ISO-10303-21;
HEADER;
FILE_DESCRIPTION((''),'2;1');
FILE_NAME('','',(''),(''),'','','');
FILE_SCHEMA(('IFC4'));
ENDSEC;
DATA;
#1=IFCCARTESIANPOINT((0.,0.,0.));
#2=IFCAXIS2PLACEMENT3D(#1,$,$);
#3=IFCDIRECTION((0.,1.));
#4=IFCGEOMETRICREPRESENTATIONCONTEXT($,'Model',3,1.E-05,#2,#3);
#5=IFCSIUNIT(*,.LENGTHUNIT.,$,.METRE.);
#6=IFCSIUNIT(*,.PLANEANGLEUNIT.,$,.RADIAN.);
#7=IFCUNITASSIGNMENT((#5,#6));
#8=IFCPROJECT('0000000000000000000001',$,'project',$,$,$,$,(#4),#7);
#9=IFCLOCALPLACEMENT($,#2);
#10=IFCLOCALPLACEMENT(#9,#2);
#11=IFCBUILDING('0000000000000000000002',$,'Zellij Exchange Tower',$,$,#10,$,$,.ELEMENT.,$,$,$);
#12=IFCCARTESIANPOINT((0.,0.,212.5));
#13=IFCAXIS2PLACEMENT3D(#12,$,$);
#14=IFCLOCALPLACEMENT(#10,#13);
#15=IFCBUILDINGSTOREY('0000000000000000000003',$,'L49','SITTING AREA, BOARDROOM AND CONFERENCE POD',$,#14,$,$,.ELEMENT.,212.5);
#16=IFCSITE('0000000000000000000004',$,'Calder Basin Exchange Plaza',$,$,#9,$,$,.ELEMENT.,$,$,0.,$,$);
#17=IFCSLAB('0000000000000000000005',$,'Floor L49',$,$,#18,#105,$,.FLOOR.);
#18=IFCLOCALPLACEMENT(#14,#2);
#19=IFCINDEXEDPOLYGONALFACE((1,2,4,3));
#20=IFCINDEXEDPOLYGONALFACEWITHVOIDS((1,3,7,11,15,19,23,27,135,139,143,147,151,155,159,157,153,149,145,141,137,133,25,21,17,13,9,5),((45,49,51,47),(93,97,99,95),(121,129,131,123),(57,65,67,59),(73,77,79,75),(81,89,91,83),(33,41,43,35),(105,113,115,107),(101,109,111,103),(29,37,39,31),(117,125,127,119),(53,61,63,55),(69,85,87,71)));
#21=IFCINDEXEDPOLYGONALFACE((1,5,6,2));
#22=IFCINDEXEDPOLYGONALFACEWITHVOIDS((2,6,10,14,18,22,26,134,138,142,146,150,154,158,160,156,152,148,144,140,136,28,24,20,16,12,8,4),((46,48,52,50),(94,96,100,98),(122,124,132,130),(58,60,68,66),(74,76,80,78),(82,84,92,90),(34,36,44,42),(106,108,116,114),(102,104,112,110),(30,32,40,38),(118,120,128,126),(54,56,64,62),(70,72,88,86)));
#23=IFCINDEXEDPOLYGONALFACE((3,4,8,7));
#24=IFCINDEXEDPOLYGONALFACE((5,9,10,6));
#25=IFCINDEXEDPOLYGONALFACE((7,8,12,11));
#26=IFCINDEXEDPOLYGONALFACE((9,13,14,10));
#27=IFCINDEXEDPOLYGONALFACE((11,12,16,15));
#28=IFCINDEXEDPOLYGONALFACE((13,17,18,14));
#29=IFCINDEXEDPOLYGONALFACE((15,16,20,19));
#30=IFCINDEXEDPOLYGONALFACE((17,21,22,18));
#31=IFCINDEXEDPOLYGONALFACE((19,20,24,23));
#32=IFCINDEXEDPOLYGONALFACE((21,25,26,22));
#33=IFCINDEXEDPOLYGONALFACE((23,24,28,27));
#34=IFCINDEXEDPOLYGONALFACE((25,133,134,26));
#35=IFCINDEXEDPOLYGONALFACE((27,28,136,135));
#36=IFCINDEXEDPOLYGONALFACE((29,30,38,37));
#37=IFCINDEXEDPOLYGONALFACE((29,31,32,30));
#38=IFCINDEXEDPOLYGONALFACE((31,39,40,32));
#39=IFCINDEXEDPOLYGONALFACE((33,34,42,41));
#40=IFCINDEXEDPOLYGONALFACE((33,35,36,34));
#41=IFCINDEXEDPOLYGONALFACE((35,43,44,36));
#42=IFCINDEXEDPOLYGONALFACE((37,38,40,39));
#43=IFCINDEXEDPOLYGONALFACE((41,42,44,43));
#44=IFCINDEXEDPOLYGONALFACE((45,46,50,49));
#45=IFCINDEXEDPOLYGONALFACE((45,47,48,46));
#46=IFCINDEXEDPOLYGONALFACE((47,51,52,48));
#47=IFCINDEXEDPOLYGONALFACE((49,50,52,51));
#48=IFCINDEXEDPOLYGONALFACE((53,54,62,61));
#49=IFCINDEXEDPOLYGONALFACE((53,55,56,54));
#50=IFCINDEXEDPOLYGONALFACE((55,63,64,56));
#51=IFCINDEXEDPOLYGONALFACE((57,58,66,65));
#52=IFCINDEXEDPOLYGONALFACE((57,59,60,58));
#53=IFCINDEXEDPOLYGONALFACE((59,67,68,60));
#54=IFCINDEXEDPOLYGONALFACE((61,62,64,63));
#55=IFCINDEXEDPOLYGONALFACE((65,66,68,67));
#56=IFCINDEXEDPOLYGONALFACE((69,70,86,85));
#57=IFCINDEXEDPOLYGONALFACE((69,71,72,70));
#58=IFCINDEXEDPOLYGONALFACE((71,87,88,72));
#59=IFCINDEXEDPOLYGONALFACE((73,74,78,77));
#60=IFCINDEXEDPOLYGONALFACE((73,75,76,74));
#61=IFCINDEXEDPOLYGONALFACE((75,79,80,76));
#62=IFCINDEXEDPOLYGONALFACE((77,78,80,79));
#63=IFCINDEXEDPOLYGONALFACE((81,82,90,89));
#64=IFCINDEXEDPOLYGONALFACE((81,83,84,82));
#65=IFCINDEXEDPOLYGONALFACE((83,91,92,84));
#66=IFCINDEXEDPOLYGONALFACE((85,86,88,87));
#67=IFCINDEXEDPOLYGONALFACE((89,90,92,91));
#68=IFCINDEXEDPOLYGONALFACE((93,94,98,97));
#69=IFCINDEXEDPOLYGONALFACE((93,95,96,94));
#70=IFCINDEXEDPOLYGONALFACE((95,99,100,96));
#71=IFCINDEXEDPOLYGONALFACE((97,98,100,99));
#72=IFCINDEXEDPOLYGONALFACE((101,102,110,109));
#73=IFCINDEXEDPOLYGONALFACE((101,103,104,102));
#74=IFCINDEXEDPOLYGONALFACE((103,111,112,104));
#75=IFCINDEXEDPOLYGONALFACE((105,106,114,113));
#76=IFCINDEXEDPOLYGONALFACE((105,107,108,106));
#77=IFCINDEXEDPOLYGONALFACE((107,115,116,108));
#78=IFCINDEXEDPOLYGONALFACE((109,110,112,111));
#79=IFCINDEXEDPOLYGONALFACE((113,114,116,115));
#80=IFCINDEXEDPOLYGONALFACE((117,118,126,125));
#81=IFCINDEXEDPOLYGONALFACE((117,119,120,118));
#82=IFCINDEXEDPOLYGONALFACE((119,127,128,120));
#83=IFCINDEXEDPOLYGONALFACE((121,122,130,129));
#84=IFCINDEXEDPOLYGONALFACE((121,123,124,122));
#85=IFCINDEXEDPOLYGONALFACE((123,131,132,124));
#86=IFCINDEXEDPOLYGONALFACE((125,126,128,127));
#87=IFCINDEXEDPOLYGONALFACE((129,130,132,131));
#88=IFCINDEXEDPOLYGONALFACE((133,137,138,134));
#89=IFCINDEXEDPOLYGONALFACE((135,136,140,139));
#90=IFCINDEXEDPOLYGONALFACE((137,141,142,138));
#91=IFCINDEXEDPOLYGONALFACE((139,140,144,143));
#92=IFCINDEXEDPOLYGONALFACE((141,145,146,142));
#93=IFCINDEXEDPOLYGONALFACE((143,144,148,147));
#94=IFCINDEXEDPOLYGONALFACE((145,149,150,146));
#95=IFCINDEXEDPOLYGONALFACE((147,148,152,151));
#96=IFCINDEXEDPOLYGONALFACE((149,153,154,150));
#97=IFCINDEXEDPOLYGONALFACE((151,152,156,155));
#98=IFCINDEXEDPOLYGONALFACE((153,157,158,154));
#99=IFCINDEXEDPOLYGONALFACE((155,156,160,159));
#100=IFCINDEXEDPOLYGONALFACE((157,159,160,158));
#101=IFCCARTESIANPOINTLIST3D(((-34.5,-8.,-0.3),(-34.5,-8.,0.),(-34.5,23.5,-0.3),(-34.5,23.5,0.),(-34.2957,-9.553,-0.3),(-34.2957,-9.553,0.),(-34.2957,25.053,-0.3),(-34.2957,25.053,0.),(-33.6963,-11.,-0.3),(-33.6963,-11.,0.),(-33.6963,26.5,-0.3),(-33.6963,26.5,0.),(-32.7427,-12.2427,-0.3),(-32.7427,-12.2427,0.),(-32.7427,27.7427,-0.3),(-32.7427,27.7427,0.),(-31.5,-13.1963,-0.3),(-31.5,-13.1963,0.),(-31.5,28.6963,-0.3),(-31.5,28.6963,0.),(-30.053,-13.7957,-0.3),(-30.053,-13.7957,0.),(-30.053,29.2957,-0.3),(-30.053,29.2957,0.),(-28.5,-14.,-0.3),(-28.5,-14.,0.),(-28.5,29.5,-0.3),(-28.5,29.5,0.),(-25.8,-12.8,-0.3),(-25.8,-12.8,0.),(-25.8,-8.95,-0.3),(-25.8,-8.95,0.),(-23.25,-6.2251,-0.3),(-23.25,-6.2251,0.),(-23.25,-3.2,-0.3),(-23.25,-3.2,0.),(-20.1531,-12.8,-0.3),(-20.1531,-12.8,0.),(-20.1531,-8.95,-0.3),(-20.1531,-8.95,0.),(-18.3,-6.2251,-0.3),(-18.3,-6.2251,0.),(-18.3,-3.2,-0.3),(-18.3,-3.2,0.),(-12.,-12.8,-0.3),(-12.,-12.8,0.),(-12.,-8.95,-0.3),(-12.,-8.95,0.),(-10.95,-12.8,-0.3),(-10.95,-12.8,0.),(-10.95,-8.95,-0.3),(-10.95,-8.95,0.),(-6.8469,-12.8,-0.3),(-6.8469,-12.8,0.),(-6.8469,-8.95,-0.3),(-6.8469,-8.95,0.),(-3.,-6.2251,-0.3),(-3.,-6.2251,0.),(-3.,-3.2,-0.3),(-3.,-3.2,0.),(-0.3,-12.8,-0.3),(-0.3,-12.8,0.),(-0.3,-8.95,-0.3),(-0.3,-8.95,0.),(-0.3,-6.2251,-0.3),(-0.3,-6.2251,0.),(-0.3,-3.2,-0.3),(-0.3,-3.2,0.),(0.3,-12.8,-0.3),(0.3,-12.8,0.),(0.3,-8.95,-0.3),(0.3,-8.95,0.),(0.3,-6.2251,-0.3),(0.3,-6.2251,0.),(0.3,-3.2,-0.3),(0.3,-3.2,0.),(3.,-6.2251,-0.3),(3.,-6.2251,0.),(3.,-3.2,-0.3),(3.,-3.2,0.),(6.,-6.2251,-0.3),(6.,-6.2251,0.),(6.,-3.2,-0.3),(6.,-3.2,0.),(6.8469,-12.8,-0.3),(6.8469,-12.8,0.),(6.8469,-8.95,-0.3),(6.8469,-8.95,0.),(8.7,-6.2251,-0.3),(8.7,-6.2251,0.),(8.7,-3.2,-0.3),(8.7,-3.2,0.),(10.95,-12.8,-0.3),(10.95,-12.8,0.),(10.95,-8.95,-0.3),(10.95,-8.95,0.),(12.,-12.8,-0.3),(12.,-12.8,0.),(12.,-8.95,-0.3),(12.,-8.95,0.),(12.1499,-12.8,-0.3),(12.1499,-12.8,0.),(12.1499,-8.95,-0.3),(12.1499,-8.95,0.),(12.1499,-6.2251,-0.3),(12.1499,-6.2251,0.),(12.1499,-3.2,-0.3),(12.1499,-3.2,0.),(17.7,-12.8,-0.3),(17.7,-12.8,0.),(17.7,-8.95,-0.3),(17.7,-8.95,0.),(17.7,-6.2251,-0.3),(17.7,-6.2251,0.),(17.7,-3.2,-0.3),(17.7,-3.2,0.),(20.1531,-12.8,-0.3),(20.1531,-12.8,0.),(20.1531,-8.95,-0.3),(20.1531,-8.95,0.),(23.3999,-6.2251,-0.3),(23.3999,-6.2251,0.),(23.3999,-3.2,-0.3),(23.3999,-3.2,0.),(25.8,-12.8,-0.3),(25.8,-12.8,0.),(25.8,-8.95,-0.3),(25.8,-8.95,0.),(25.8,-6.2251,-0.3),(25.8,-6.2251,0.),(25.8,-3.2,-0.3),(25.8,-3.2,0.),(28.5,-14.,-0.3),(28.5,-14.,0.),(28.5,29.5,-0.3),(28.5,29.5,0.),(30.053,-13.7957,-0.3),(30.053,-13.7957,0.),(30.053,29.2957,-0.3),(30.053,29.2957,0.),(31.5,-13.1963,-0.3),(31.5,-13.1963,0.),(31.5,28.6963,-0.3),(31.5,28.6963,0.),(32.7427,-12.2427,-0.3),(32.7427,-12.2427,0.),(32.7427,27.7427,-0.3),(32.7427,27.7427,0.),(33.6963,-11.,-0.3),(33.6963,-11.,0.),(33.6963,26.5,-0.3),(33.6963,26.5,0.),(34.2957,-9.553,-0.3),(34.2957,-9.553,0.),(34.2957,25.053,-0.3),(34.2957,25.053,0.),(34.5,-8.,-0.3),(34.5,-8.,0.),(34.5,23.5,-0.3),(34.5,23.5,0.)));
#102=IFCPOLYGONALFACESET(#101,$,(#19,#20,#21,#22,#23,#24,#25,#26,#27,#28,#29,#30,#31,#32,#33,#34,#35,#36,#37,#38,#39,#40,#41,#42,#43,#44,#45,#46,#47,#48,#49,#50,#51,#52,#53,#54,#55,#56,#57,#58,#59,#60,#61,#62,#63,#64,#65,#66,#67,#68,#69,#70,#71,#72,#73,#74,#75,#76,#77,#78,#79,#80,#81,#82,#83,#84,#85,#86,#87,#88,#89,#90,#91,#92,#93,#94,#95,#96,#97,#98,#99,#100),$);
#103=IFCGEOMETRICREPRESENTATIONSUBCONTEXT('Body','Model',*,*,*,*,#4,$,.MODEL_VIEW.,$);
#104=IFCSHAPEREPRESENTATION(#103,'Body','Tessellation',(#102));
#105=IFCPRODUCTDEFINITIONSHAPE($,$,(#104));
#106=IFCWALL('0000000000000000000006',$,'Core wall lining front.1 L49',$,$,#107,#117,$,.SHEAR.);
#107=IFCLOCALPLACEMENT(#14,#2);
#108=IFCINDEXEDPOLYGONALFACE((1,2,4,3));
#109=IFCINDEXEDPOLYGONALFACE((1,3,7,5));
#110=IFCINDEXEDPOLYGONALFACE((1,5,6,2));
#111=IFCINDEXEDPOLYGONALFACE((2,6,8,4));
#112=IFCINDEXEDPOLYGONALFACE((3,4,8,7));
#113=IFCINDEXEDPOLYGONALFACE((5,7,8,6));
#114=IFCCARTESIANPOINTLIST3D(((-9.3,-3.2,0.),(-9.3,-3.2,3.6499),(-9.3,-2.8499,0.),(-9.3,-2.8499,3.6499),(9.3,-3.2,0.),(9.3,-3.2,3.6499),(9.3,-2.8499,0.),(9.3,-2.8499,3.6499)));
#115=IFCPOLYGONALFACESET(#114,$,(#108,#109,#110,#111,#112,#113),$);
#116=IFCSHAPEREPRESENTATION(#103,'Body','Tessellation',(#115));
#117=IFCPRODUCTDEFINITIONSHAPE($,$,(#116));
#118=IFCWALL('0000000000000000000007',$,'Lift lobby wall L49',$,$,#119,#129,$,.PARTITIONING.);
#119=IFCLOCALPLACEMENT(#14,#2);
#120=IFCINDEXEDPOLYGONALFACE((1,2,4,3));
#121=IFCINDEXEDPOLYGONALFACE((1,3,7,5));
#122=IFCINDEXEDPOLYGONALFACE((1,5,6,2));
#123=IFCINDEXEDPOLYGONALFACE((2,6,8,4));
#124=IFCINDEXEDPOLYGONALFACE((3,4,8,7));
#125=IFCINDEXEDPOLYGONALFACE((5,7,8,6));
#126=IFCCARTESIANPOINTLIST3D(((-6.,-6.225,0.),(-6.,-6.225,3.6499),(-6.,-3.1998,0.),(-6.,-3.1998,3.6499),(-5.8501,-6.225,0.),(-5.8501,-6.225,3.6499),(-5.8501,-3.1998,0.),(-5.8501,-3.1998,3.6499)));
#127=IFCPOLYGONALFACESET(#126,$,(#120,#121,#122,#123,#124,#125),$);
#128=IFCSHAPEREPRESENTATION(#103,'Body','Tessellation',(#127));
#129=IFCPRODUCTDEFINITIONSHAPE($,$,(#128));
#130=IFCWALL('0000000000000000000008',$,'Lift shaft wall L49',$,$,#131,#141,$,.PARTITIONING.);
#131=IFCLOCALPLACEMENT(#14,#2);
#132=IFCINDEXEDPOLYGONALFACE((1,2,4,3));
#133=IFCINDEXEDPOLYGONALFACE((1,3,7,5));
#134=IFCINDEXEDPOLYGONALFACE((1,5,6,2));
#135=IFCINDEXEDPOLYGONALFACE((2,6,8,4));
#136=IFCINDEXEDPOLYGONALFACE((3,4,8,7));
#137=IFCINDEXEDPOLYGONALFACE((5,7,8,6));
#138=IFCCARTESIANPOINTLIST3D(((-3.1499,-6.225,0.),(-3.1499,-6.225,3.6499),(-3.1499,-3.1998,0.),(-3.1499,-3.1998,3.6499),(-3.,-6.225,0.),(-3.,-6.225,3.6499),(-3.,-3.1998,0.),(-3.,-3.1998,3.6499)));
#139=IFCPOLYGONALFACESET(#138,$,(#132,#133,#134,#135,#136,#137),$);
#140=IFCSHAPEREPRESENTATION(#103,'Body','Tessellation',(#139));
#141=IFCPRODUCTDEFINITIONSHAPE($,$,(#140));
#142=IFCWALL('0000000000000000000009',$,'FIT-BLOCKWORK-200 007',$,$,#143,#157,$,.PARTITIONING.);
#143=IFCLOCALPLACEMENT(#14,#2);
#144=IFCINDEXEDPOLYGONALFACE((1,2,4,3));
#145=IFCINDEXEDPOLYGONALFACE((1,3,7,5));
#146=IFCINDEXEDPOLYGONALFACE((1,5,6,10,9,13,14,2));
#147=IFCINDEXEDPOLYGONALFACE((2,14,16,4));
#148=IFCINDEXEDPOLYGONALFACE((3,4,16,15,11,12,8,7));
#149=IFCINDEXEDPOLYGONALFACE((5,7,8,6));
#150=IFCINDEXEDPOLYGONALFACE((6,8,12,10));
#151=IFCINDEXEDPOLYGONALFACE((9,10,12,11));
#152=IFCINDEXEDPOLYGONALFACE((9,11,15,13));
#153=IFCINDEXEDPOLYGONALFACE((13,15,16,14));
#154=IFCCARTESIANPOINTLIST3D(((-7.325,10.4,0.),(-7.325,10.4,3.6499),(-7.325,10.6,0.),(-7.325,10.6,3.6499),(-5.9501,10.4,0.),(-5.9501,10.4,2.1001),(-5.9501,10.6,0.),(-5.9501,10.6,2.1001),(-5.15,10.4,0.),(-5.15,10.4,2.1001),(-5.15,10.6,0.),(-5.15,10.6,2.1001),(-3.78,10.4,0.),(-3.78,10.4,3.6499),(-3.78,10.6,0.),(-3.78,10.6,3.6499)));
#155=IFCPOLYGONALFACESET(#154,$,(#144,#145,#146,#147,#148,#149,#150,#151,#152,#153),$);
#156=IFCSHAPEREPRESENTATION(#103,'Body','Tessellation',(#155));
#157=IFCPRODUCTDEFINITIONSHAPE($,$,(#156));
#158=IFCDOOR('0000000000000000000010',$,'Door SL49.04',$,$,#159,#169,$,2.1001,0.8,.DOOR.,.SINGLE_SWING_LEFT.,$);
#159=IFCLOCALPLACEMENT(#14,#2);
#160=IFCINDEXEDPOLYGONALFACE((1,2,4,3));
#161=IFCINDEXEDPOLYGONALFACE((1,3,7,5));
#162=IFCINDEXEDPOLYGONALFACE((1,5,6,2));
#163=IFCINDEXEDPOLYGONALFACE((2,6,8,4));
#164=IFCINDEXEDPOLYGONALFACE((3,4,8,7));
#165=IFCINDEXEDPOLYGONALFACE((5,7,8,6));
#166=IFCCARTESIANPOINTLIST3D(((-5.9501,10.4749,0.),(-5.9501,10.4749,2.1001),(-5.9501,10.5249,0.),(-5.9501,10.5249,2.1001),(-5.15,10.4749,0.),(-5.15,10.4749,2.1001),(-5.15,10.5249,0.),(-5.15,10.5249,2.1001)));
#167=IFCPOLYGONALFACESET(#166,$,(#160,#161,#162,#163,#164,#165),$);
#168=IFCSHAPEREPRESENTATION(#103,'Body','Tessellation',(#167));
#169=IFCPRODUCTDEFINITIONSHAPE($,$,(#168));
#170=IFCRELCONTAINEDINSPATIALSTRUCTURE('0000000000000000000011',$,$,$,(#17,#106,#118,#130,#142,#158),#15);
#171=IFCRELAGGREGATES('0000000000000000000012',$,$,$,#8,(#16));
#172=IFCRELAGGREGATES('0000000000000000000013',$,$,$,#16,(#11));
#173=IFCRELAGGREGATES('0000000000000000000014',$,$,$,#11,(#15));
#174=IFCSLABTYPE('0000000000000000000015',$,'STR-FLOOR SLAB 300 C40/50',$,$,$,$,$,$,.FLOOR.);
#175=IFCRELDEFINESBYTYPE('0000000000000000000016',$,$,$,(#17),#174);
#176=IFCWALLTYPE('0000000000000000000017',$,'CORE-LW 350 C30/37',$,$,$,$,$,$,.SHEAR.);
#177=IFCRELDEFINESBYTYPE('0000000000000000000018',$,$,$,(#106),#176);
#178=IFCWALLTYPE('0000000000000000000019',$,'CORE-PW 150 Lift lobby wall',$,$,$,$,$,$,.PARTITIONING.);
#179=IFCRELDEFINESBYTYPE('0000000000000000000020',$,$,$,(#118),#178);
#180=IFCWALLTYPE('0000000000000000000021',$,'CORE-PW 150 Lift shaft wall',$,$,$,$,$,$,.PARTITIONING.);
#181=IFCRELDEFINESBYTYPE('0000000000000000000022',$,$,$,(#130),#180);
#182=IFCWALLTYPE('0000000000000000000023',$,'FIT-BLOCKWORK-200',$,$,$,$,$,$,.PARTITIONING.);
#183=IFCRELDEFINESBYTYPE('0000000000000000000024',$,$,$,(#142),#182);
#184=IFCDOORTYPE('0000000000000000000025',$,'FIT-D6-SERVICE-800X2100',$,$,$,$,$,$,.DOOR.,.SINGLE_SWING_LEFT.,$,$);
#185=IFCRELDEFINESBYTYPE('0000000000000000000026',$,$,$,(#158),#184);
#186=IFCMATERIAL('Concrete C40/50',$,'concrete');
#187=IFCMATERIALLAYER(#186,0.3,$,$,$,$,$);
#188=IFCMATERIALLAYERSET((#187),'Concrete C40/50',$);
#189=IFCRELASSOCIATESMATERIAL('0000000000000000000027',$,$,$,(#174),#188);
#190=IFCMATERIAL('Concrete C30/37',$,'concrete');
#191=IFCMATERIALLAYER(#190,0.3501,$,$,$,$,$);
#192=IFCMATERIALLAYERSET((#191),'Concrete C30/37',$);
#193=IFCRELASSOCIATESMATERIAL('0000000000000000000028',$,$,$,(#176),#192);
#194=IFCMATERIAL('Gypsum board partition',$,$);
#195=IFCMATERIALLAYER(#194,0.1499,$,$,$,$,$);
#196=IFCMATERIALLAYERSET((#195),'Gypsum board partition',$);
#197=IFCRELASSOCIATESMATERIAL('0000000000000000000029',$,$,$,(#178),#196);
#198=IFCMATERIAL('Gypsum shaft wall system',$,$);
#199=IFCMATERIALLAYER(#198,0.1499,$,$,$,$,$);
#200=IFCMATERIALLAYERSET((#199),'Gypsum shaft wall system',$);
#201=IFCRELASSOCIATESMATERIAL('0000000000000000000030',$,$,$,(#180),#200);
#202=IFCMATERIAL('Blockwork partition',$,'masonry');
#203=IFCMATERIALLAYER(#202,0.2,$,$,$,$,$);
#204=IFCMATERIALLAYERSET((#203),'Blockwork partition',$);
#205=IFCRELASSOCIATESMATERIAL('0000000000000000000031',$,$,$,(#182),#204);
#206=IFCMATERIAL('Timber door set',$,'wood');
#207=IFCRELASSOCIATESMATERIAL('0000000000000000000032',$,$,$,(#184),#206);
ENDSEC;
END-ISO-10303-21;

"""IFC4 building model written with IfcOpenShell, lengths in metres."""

from ifc_helpers import new_model, si_unit, direction, frame, frame_2d, origin, place, context, subcontext, project, spatial, polyline, rectangle, outline, extrude, material, layer, layer_set, type_object, element, fill, save


model = new_model("IFC4")

# Units and contexts
model_context = context("Model", 3, precision=1e-05, world=origin(), true_north=direction((0.0, 1.0)))
body_context = subcontext(model_context, "Body", "Model", "MODEL_VIEW")
ifc_project = project(units=[si_unit("LENGTHUNIT", "METRE"), si_unit("PLANEANGLEUNIT", "RADIAN")], contexts=[model_context])

# Site, building, storey
site_placement = place(None, origin())
site = spatial("IfcSite", under=ifc_project, at=site_placement, Name="Calder Basin Exchange Plaza", CompositionType="ELEMENT", RefElevation=0.0)
building_placement = place(site_placement, origin())
building = spatial("IfcBuilding", under=site, at=building_placement, Name="Zellij Exchange Tower", CompositionType="ELEMENT")
storey_placement = place(building_placement, frame((0.0, 0.0, 212.5)))
storey = spatial("IfcBuildingStorey", under=building, at=storey_placement, Name="L49", Description="SITTING AREA, BOARDROOM AND CONFERENCE POD", CompositionType="ELEMENT", Elevation=212.5)

# Slab
ifc_material_1 = material(Name="Concrete C40/50", Category="concrete")
ifc_layer_1 = layer(ifc_material_1, 0.3)
ifc_layer_set_1 = layer_set([ifc_layer_1], Name="Concrete C40/50")
slab_type = type_object("IfcSlabType", Name="STR-FLOOR SLAB 300 C40/50", PredefinedType="FLOOR", material=ifc_layer_set_1)
slab_placement = place(storey_placement, frame((0.0, 0.0, -0.3)))
element("IfcSlab", 1, at=slab_placement, inside=storey, type_object=slab_type, Name="Floor L49", PredefinedType="FLOOR", context=body_context, shape_type="SweptSolid", body=[
    extrude(outline(polyline([(-28.5, -14.0), (-30.053, -13.7957), (-31.5, -13.1963), (-32.7427, -12.2427), (-33.6963, -11.0), (-34.2957, -9.553), (-34.5, -8.0), (-34.5, 23.5), (-34.2957, 25.053), (-33.6963, 26.5), (-32.7427, 27.7427), (-31.5, 28.6963), (-30.053, 29.2957), (-28.5, 29.5), (28.5, 29.5), (30.053, 29.2957), (31.5, 28.6963), (32.7427, 27.7427), (33.6963, 26.5), (34.2957, 25.053), (34.5, 23.5), (34.5, -8.0), (34.2957, -9.553), (33.6963, -11.0), (32.7427, -12.2427), (31.5, -13.1963), (30.053, -13.7957), (28.5, -14.0), (-28.5, -14.0)]), holes=[polyline([(-25.8, -8.95), (-25.8, -12.8), (-20.1531, -12.8), (-20.1531, -8.95), (-25.8, -8.95)]), polyline([(-10.95, -8.95), (-12.0, -8.95), (-12.0, -12.8), (-10.95, -12.8), (-10.95, -8.95)]), polyline([(-0.3, -8.95), (-6.8469, -8.95), (-6.8469, -12.8), (-0.3, -12.8), (-0.3, -8.95)]), polyline([(0.3, -8.95), (0.3, -12.8), (6.8469, -12.8), (6.8469, -8.95), (0.3, -8.95)]), polyline([(-18.3, -3.2), (-23.25, -3.2), (-23.25, -6.2251), (-18.3, -6.2251), (-18.3, -3.2)]), polyline([(-0.3, -3.2), (-3.0, -3.2), (-3.0, -6.2251), (-0.3, -6.2251), (-0.3, -3.2)]), polyline([(0.3, -3.2), (0.3, -6.2251), (3.0, -6.2251), (3.0, -3.2), (0.3, -3.2)]), polyline([(12.0, -8.95), (10.95, -8.95), (10.95, -12.8), (12.0, -12.8), (12.0, -8.95)]), polyline([(17.7, -8.95), (12.1499, -8.95), (12.1499, -12.8), (17.7, -12.8), (17.7, -8.95)]), polyline([(25.8, -8.95), (20.1531, -8.95), (20.1531, -12.8), (25.8, -12.8), (25.8, -8.95)]), polyline([(8.7, -3.2), (6.0, -3.2), (6.0, -6.2251), (8.7, -6.2251), (8.7, -3.2)]), polyline([(17.7, -3.2), (12.1499, -3.2), (12.1499, -6.2251), (17.7, -6.2251), (17.7, -3.2)]), polyline([(25.8, -3.2), (23.3999, -3.2), (23.3999, -6.2251), (25.8, -6.2251), (25.8, -3.2)])]), origin(), (0.0, 0.0, 1.0), 0.3),
])

# Walls
ifc_material_2 = material(Name="Concrete C30/37", Category="concrete")
ifc_layer_2 = layer(ifc_material_2, 0.3501)
ifc_layer_set_2 = layer_set([ifc_layer_2], Name="Concrete C30/37")
wall_type_1 = type_object("IfcWallType", Name="CORE-LW 350 C30/37", PredefinedType="SHEAR", material=ifc_layer_set_2)
wall_1_placement = place(storey_placement, frame((-9.3, -3.0249, 0.0), z_axis=(0.0, 0.0, 1.0), x_axis=(1.0, 0.0, 0.0)))
element("IfcWall", 2, at=wall_1_placement, inside=storey, type_object=wall_type_1, Name="Core wall lining front.1 L49", PredefinedType="SHEAR", context=body_context, shape_type="SweptSolid", body=[
    extrude(rectangle(XDim=18.6001, YDim=0.3501, at=frame_2d((9.3, 0.0))), origin(), (0.0, 0.0, 1.0), 3.6499),
])
ifc_material_3 = material(Name="Gypsum board partition")
ifc_layer_3 = layer(ifc_material_3, 0.1499)
ifc_layer_set_3 = layer_set([ifc_layer_3], Name="Gypsum board partition")
wall_type_2 = type_object("IfcWallType", Name="CORE-PW 150 Lift lobby wall", PredefinedType="PARTITIONING", material=ifc_layer_set_3)
wall_2_placement = place(storey_placement, frame((-5.925, -6.2251, 0.0), z_axis=(0.0, 0.0, 1.0), x_axis=(0.0, 1.0, 0.0)))
element("IfcWall", 3, at=wall_2_placement, inside=storey, type_object=wall_type_2, Name="Lift lobby wall L49", PredefinedType="PARTITIONING", context=body_context, shape_type="SweptSolid", body=[
    extrude(rectangle(XDim=3.0251, YDim=0.1499, at=frame_2d((1.5127, 0.0))), origin(), (0.0, 0.0, 1.0), 3.6499),
])
ifc_material_4 = material(Name="Gypsum shaft wall system")
ifc_layer_4 = layer(ifc_material_4, 0.1499)
ifc_layer_set_4 = layer_set([ifc_layer_4], Name="Gypsum shaft wall system")
wall_type_3 = type_object("IfcWallType", Name="CORE-PW 150 Lift shaft wall", PredefinedType="PARTITIONING", material=ifc_layer_set_4)
wall_3_placement = place(storey_placement, frame((-3.075, -6.2251, 0.0), z_axis=(0.0, 0.0, 1.0), x_axis=(0.0, 1.0, 0.0)))
element("IfcWall", 4, at=wall_3_placement, inside=storey, type_object=wall_type_3, Name="Lift shaft wall L49", PredefinedType="PARTITIONING", context=body_context, shape_type="SweptSolid", body=[
    extrude(rectangle(XDim=3.0251, YDim=0.1499, at=frame_2d((1.5127, 0.0))), origin(), (0.0, 0.0, 1.0), 3.6499),
])

# Wall, opening, door
ifc_material_5 = material(Name="Blockwork partition", Category="masonry")
ifc_layer_5 = layer(ifc_material_5, 0.2)
ifc_layer_set_5 = layer_set([ifc_layer_5], Name="Blockwork partition")
wall_type_4 = type_object("IfcWallType", Name="FIT-BLOCKWORK-200", PredefinedType="PARTITIONING", material=ifc_layer_set_5)
wall_4_placement = place(storey_placement, frame((-7.325, 10.5, 0.0), z_axis=(0.0, 0.0, 1.0), x_axis=(1.0, 0.0, 0.0)))
wall_4 = element("IfcWall", 5, at=wall_4_placement, inside=storey, type_object=wall_type_4, Name="FIT-BLOCKWORK-200 007", PredefinedType="PARTITIONING", context=body_context, shape_type="SweptSolid", body=[
    extrude(rectangle(XDim=3.5449, YDim=0.2, at=frame_2d((1.7725, 0.0))), origin(), (0.0, 0.0, 1.0), 3.6499),
])
opening_1_placement = place(wall_4_placement, frame((1.375, 0.0, 0.0)))
opening_1 = element("IfcOpeningElement", 6, at=opening_1_placement, cuts=wall_4, PredefinedType="OPENING", context=body_context, shape_type="SweptSolid", body=[
    extrude(rectangle(XDim=0.8, YDim=2.1001, at=frame_2d((0.3999, 1.05))), frame((0.0, 0.1118, 0.0), z_axis=(0.0, -1.0, 0.0), x_axis=(1.0, 0.0, 0.0)), (0.0, 0.0, 1.0), 0.2239),
])
ifc_material_6 = material(Name="Timber door set", Category="wood")
door_type_1 = type_object("IfcDoorType", Name="FIT-D6-SERVICE-800X2100", OperationType="SINGLE_SWING_LEFT", PredefinedType="DOOR", material=ifc_material_6)
door_1_placement = place(opening_1_placement, origin())
door_1 = element("IfcDoor", 7, at=door_1_placement, inside=storey, type_object=door_type_1, Name="Door SL49.04", OperationType="SINGLE_SWING_LEFT", OverallHeight=2.1001, OverallWidth=0.8, PredefinedType="DOOR", context=body_context, shape_type="SweptSolid", body=[
    extrude(rectangle(XDim=0.8, YDim=2.1001, at=frame_2d((0.3999, 1.05))), frame((0.0, 0.0249, 0.0), z_axis=(0.0, -1.0, 0.0), x_axis=(1.0, 0.0, 0.0)), (0.0, 0.0, 1.0), 0.05),
])
fill(opening_1, door_1)

save(model, "model.ifc")
